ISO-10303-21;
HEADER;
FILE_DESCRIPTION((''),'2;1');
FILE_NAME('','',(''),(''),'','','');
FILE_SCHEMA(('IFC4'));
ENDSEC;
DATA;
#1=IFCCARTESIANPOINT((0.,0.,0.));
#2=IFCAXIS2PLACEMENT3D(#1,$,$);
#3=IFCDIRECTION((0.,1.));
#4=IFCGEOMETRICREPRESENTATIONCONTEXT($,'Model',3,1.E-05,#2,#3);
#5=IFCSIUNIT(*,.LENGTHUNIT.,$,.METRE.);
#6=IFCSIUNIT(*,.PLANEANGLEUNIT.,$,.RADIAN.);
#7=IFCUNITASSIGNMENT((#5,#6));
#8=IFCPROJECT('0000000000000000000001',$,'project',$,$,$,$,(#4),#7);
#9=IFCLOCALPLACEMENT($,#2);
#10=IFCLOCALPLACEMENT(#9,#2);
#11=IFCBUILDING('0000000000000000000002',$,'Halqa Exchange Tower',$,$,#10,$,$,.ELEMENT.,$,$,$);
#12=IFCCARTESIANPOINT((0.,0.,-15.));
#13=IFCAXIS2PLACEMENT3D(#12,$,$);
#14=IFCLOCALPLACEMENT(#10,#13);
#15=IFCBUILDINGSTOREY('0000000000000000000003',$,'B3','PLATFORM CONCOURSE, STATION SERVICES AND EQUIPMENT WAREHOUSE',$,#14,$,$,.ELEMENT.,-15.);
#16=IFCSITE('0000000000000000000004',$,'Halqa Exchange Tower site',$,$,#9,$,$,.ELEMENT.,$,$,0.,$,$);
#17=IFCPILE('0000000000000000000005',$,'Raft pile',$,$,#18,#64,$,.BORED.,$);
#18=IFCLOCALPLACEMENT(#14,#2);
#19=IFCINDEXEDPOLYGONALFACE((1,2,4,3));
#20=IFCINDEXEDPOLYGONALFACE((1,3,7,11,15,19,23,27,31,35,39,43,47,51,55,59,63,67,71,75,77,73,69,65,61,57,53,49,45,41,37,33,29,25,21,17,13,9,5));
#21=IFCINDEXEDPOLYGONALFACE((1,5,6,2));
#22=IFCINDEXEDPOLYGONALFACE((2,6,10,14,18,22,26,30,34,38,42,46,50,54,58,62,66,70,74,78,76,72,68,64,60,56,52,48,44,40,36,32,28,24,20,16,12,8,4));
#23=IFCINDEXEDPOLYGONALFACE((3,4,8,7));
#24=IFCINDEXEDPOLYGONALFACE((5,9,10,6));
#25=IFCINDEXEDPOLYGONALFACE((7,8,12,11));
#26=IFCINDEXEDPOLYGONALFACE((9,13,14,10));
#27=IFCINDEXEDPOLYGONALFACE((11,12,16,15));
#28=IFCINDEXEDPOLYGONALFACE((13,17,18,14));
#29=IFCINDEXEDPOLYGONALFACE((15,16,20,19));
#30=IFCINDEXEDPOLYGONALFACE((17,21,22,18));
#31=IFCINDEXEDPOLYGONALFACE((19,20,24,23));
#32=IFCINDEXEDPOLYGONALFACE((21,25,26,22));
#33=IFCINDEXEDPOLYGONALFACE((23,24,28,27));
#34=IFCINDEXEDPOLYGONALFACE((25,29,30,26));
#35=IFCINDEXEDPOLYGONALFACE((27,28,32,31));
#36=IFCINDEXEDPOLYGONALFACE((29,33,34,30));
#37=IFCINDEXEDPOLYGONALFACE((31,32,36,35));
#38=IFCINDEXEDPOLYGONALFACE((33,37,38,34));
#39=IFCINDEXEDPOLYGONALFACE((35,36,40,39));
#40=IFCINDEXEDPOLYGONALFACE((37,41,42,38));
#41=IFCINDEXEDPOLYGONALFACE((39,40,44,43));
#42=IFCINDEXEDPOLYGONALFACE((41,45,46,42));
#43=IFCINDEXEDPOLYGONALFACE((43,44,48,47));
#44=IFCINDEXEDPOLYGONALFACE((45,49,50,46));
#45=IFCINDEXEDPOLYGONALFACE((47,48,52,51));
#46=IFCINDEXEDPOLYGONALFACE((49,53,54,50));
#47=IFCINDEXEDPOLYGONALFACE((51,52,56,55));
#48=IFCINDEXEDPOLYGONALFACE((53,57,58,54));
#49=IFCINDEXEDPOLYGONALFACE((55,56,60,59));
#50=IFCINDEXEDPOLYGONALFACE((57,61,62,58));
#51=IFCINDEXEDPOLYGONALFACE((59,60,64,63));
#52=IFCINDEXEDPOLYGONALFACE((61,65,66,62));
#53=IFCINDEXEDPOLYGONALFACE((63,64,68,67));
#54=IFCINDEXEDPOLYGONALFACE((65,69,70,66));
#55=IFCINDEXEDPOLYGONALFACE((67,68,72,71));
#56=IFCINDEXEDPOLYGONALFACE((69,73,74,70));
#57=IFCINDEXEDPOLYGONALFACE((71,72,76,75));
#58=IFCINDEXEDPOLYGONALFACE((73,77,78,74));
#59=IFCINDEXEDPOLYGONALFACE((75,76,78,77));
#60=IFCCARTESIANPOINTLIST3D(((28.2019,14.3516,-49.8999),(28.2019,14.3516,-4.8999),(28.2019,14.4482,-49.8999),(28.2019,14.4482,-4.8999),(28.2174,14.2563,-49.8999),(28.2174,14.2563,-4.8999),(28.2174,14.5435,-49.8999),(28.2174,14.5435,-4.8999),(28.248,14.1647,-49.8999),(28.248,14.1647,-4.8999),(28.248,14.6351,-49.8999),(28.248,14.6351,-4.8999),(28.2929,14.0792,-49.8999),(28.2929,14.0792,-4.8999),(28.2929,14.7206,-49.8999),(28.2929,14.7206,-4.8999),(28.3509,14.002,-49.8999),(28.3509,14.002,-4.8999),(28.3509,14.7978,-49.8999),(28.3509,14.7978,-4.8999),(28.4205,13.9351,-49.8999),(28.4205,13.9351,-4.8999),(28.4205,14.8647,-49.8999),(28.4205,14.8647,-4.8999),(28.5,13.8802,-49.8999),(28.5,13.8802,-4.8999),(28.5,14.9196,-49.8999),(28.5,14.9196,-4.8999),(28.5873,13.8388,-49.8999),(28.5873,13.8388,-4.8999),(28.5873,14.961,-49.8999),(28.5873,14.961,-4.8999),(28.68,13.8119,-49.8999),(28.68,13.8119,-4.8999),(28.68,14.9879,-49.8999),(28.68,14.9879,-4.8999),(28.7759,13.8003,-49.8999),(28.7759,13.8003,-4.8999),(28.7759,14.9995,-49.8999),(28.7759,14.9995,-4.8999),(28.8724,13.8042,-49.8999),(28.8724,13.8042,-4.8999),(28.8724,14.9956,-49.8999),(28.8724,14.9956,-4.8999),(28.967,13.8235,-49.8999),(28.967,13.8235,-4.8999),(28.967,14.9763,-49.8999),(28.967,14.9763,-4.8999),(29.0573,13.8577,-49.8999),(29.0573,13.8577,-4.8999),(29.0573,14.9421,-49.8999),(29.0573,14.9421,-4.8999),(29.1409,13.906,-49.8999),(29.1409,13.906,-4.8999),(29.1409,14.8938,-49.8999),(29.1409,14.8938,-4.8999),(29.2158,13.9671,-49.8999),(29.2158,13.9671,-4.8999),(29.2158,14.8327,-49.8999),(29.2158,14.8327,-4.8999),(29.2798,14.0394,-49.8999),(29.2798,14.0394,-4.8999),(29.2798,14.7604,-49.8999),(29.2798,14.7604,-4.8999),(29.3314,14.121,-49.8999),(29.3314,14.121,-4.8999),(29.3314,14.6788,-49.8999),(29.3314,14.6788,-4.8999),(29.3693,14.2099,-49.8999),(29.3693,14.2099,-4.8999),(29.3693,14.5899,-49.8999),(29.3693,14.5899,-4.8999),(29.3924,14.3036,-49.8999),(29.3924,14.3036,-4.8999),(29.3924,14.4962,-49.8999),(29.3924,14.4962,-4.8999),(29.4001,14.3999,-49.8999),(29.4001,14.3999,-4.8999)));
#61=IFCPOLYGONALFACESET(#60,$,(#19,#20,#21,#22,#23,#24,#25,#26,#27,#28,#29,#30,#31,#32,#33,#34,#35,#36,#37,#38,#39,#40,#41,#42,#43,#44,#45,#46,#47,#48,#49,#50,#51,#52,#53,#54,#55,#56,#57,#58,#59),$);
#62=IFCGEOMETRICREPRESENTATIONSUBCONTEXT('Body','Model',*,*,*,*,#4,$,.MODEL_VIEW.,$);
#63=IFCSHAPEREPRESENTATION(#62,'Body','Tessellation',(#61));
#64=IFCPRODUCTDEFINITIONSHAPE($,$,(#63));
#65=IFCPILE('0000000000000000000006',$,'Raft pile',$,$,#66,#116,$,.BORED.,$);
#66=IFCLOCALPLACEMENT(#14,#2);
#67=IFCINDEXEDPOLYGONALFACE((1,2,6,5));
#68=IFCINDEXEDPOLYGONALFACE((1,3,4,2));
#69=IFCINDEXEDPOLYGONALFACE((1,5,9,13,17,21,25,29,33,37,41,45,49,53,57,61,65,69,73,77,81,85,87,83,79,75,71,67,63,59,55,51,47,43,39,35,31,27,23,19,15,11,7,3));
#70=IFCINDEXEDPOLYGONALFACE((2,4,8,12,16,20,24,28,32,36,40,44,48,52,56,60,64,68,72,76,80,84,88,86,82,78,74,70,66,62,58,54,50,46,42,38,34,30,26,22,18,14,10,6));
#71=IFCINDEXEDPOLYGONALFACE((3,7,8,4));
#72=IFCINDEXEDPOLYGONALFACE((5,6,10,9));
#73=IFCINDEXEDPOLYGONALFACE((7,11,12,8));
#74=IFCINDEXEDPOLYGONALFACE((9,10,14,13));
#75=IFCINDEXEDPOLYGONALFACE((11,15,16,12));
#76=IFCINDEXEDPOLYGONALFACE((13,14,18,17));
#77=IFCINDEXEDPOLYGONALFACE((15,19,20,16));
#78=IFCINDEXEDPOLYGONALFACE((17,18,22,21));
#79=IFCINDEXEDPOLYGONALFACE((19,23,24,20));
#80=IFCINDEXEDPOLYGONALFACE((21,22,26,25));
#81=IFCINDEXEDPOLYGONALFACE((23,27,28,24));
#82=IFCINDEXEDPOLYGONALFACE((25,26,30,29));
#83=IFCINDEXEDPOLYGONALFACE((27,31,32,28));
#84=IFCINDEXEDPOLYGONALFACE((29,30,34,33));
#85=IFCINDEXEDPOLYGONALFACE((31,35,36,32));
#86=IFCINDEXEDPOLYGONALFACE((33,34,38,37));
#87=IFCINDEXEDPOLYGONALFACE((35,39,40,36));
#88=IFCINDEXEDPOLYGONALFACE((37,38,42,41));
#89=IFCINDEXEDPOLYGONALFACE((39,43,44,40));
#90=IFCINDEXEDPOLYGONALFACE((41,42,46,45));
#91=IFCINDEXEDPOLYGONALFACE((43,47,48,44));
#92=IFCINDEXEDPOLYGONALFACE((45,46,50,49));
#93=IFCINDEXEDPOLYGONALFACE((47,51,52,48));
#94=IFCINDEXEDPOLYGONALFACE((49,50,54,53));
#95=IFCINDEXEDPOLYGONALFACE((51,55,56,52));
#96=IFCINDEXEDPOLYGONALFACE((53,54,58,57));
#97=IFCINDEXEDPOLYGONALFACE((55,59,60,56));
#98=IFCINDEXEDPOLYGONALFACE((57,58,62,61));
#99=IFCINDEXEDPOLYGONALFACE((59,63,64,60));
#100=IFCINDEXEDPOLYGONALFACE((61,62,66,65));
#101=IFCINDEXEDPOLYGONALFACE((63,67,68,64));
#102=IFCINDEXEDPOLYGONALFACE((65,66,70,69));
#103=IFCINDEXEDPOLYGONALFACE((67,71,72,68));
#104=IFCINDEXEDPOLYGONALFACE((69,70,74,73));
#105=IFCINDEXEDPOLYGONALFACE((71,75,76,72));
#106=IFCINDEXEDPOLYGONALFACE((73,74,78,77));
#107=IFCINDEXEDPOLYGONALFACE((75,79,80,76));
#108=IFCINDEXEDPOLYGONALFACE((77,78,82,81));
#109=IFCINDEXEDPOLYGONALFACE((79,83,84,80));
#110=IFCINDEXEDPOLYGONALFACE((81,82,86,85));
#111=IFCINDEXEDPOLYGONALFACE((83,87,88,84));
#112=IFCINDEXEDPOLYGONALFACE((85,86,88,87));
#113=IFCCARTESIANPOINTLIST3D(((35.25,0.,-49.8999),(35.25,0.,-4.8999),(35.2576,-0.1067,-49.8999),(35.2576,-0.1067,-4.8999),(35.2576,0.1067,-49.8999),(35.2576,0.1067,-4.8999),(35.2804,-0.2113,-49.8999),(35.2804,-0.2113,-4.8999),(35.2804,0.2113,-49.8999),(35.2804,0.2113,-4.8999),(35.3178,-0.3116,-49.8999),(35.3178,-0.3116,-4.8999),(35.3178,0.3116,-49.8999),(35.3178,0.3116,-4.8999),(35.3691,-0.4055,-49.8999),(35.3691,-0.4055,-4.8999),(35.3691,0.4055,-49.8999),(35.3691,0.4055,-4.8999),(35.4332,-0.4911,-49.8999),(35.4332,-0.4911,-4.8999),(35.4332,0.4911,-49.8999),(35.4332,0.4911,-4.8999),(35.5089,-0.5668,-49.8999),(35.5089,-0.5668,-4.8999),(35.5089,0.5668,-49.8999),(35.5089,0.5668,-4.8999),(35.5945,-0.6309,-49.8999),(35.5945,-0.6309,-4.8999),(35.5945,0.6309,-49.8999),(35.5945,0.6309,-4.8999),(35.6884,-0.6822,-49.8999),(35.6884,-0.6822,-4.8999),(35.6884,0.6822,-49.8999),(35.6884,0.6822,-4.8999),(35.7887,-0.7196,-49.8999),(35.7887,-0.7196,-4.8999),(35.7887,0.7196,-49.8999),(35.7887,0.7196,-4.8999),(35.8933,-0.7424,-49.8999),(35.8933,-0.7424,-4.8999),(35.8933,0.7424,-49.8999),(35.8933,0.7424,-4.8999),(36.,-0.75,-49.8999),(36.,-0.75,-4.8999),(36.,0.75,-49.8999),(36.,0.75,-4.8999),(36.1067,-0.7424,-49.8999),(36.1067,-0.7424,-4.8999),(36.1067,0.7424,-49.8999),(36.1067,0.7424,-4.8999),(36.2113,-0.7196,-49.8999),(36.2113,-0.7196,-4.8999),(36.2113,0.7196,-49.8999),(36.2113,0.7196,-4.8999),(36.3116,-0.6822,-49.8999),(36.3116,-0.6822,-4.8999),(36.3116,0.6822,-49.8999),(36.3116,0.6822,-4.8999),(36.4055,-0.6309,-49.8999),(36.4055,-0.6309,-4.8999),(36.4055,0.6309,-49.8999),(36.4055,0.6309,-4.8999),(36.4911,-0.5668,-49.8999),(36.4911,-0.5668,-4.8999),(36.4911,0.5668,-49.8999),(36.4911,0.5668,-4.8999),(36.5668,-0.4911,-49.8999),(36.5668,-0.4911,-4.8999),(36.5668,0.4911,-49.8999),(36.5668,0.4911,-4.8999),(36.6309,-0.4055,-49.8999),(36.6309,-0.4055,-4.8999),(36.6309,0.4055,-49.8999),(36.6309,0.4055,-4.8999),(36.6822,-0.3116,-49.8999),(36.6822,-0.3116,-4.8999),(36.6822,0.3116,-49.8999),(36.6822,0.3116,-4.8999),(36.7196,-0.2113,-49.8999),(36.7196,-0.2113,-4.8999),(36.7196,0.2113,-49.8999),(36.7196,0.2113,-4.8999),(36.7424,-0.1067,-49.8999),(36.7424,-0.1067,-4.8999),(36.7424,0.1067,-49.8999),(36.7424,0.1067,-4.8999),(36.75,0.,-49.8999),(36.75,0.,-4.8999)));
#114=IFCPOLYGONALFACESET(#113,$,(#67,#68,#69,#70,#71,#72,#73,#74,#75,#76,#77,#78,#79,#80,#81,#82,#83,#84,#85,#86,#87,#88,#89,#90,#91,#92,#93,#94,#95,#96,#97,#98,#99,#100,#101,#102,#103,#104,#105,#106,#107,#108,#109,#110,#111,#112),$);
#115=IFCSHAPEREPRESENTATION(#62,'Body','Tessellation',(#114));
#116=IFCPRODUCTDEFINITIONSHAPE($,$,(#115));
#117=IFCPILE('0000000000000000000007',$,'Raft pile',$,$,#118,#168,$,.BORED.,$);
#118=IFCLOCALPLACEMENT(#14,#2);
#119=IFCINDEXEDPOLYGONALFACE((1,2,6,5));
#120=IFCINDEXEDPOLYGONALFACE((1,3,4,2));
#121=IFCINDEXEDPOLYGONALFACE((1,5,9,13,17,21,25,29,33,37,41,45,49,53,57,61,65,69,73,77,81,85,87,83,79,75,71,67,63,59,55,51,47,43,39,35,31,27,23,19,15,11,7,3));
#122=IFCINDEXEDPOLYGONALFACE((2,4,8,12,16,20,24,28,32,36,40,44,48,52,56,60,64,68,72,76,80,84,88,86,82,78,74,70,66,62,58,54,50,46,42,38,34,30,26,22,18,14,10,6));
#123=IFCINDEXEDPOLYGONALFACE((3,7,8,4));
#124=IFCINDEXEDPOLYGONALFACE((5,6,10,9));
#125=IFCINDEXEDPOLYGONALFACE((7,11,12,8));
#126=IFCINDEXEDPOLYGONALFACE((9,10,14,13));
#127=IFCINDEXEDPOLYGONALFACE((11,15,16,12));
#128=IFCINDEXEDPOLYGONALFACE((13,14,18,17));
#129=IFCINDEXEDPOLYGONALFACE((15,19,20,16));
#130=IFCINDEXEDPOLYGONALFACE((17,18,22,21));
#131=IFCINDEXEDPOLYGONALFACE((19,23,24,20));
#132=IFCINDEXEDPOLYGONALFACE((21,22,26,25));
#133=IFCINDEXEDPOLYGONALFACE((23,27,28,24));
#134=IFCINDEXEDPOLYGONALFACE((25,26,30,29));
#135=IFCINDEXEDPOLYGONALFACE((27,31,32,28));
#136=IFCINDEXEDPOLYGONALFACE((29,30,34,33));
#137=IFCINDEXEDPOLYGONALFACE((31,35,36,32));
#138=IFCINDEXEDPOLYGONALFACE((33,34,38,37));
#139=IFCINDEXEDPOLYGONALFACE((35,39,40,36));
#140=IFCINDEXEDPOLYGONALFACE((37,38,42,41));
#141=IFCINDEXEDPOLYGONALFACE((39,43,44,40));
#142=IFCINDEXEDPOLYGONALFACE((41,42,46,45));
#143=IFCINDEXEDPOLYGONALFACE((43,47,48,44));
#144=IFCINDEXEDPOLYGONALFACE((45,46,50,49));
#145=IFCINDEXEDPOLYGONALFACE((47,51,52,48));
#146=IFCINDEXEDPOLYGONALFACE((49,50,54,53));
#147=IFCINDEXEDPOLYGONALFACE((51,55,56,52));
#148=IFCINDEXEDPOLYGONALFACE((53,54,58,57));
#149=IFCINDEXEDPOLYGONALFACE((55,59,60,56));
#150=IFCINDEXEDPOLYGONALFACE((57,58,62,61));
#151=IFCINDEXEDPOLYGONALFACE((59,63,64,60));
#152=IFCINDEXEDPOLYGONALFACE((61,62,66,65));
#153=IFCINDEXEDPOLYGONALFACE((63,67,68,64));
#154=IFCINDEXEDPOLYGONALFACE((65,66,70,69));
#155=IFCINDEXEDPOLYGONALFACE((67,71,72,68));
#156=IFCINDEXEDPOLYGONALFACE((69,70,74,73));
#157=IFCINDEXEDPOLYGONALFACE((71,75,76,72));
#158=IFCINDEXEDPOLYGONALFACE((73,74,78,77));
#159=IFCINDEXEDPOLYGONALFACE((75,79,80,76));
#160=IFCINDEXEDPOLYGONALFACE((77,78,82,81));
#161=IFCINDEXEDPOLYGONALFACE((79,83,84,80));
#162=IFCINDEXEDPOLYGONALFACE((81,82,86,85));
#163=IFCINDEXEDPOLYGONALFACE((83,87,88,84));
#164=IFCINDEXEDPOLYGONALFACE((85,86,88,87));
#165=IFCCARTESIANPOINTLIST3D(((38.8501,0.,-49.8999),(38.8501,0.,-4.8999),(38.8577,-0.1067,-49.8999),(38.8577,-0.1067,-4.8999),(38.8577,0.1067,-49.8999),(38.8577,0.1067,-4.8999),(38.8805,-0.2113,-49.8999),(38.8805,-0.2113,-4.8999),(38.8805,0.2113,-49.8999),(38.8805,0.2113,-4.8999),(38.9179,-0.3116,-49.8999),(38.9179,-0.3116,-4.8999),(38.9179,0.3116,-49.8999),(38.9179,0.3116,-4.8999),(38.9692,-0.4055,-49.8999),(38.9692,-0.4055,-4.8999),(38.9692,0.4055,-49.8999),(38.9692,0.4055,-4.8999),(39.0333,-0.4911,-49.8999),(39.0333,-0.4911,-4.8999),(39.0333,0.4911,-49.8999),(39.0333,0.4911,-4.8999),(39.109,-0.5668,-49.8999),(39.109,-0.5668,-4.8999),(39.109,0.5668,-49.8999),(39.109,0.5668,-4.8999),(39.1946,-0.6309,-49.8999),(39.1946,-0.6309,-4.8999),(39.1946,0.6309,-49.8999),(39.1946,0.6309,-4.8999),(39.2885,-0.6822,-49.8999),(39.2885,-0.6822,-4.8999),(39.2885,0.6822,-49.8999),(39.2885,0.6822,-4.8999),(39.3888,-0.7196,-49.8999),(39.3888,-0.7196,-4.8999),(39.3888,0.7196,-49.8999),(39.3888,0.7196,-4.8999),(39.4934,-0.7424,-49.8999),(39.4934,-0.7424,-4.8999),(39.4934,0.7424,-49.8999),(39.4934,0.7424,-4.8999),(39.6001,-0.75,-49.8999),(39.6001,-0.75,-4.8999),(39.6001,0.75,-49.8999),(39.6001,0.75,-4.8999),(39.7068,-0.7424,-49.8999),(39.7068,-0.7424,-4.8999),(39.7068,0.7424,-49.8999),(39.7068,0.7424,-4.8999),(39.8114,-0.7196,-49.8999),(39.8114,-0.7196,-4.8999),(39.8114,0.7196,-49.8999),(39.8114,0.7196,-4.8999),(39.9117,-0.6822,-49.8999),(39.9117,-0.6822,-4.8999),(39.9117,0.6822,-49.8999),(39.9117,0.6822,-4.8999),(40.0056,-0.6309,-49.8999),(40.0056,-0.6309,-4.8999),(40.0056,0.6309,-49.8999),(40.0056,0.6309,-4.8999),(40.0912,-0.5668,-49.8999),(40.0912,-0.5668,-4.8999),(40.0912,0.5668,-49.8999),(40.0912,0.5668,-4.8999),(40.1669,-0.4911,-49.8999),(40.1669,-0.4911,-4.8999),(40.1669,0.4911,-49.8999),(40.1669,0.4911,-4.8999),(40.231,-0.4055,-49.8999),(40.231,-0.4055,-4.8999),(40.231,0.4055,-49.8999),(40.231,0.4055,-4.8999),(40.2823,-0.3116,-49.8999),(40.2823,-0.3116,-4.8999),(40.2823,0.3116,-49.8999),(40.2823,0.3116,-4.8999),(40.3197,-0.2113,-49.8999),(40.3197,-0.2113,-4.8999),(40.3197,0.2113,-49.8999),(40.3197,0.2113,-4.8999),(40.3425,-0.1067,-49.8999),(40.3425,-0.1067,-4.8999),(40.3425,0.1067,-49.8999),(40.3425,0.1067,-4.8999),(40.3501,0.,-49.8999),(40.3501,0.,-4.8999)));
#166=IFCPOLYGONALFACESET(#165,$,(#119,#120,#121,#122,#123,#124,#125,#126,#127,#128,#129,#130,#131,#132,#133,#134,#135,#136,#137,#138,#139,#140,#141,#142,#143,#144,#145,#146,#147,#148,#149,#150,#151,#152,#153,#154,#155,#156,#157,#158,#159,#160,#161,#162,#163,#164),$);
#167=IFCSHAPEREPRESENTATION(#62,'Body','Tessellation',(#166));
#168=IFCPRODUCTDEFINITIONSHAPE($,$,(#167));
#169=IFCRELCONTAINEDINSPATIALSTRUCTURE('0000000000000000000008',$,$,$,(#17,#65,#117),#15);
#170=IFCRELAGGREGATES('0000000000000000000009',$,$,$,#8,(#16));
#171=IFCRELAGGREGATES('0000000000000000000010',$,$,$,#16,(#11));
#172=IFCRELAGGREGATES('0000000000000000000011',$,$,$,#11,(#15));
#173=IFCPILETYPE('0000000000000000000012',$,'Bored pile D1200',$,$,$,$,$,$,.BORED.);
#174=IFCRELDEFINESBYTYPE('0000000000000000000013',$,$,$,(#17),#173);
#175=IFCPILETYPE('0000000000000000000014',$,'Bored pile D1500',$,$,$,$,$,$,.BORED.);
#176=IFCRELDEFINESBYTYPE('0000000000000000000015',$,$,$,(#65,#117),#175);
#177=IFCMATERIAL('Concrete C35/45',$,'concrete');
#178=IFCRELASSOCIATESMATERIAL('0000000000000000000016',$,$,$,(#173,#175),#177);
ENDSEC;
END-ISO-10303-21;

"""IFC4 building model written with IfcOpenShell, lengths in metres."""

from ifc_helpers import new_model, si_unit, direction, frame, origin, origin_2d, place, context, subcontext, project, spatial, circle, extrude, material, material_profile, profile_set, type_object, element, save


model = new_model("IFC4")

# Units and contexts
model_context = context("Model", 3, precision=1e-05, world=origin(), true_north=direction((0.0, 1.0)))
body_context = subcontext(model_context, "Body", "Model", "MODEL_VIEW")
ifc_project = project(units=[si_unit("LENGTHUNIT", "METRE"), si_unit("PLANEANGLEUNIT", "RADIAN")], contexts=[model_context])

# Site, building, storey
site_placement = place(None, origin())
site = spatial("IfcSite", under=ifc_project, at=site_placement, Name="Halqa Exchange Tower site", CompositionType="ELEMENT", RefElevation=0.0)
building_placement = place(site_placement, origin())
building = spatial("IfcBuilding", under=site, at=building_placement, Name="Halqa Exchange Tower", CompositionType="ELEMENT")
storey_placement = place(building_placement, frame((0.0, 0.0, -15.0)))
storey = spatial("IfcBuildingStorey", under=building, at=storey_placement, Name="B3", Description="PLATFORM CONCOURSE, STATION SERVICES AND EQUIPMENT WAREHOUSE", CompositionType="ELEMENT", Elevation=-15.0)

# Piles
ifc_material_1 = material(Name="Concrete C35/45", Category="concrete")
ifc_material_profile_1 = material_profile(ifc_material_1, circle(Radius=0.6001, at=origin_2d()), Name="D1200")
ifc_profile_set_1 = profile_set([ifc_material_profile_1], Name="Concrete C35/45")
pile_type_1 = type_object("IfcPileType", Name="Bored pile D1200", PredefinedType="BORED", material=ifc_profile_set_1)
for number, where, z_axis, x_axis, name in (
    (1, (28.8, 14.3999, -4.8999), (0.0, 0.0, -1.0), (1.0, 0.0, 0.0), "Raft pile"),
):
    element("IfcPile", number, at=place(storey_placement, frame(where, z_axis=z_axis, x_axis=x_axis)), inside=storey, type_object=pile_type_1, Name=name, PredefinedType="BORED", context=body_context, shape_type="SweptSolid", body=[
        extrude(circle(Radius=0.6001, at=origin_2d()), origin(), (0.0, 0.0, 1.0), 45.0),
    ])
ifc_material_profile_2 = material_profile(ifc_material_1, circle(Radius=0.75, at=origin_2d()), Name="D1500")
ifc_profile_set_2 = profile_set([ifc_material_profile_2], Name="Concrete C35/45")
pile_type_2 = type_object("IfcPileType", Name="Bored pile D1500", PredefinedType="BORED", material=ifc_profile_set_2)
for number, where, z_axis, x_axis, name in (
    (2, (36.0, 0.0, -4.8999), (0.0, 0.0, -1.0), (1.0, 0.0, 0.0), "Raft pile"),
    (3, (39.6001, 0.0, -4.8999), (0.0, 0.0, -1.0), (1.0, 0.0, 0.0), "Raft pile"),
):
    element("IfcPile", number, at=place(storey_placement, frame(where, z_axis=z_axis, x_axis=x_axis)), inside=storey, type_object=pile_type_2, Name=name, PredefinedType="BORED", context=body_context, shape_type="SweptSolid", body=[
        extrude(circle(Radius=0.75, at=origin_2d()), origin(), (0.0, 0.0, 1.0), 45.0),
    ])

save(model, "model.ifc")
